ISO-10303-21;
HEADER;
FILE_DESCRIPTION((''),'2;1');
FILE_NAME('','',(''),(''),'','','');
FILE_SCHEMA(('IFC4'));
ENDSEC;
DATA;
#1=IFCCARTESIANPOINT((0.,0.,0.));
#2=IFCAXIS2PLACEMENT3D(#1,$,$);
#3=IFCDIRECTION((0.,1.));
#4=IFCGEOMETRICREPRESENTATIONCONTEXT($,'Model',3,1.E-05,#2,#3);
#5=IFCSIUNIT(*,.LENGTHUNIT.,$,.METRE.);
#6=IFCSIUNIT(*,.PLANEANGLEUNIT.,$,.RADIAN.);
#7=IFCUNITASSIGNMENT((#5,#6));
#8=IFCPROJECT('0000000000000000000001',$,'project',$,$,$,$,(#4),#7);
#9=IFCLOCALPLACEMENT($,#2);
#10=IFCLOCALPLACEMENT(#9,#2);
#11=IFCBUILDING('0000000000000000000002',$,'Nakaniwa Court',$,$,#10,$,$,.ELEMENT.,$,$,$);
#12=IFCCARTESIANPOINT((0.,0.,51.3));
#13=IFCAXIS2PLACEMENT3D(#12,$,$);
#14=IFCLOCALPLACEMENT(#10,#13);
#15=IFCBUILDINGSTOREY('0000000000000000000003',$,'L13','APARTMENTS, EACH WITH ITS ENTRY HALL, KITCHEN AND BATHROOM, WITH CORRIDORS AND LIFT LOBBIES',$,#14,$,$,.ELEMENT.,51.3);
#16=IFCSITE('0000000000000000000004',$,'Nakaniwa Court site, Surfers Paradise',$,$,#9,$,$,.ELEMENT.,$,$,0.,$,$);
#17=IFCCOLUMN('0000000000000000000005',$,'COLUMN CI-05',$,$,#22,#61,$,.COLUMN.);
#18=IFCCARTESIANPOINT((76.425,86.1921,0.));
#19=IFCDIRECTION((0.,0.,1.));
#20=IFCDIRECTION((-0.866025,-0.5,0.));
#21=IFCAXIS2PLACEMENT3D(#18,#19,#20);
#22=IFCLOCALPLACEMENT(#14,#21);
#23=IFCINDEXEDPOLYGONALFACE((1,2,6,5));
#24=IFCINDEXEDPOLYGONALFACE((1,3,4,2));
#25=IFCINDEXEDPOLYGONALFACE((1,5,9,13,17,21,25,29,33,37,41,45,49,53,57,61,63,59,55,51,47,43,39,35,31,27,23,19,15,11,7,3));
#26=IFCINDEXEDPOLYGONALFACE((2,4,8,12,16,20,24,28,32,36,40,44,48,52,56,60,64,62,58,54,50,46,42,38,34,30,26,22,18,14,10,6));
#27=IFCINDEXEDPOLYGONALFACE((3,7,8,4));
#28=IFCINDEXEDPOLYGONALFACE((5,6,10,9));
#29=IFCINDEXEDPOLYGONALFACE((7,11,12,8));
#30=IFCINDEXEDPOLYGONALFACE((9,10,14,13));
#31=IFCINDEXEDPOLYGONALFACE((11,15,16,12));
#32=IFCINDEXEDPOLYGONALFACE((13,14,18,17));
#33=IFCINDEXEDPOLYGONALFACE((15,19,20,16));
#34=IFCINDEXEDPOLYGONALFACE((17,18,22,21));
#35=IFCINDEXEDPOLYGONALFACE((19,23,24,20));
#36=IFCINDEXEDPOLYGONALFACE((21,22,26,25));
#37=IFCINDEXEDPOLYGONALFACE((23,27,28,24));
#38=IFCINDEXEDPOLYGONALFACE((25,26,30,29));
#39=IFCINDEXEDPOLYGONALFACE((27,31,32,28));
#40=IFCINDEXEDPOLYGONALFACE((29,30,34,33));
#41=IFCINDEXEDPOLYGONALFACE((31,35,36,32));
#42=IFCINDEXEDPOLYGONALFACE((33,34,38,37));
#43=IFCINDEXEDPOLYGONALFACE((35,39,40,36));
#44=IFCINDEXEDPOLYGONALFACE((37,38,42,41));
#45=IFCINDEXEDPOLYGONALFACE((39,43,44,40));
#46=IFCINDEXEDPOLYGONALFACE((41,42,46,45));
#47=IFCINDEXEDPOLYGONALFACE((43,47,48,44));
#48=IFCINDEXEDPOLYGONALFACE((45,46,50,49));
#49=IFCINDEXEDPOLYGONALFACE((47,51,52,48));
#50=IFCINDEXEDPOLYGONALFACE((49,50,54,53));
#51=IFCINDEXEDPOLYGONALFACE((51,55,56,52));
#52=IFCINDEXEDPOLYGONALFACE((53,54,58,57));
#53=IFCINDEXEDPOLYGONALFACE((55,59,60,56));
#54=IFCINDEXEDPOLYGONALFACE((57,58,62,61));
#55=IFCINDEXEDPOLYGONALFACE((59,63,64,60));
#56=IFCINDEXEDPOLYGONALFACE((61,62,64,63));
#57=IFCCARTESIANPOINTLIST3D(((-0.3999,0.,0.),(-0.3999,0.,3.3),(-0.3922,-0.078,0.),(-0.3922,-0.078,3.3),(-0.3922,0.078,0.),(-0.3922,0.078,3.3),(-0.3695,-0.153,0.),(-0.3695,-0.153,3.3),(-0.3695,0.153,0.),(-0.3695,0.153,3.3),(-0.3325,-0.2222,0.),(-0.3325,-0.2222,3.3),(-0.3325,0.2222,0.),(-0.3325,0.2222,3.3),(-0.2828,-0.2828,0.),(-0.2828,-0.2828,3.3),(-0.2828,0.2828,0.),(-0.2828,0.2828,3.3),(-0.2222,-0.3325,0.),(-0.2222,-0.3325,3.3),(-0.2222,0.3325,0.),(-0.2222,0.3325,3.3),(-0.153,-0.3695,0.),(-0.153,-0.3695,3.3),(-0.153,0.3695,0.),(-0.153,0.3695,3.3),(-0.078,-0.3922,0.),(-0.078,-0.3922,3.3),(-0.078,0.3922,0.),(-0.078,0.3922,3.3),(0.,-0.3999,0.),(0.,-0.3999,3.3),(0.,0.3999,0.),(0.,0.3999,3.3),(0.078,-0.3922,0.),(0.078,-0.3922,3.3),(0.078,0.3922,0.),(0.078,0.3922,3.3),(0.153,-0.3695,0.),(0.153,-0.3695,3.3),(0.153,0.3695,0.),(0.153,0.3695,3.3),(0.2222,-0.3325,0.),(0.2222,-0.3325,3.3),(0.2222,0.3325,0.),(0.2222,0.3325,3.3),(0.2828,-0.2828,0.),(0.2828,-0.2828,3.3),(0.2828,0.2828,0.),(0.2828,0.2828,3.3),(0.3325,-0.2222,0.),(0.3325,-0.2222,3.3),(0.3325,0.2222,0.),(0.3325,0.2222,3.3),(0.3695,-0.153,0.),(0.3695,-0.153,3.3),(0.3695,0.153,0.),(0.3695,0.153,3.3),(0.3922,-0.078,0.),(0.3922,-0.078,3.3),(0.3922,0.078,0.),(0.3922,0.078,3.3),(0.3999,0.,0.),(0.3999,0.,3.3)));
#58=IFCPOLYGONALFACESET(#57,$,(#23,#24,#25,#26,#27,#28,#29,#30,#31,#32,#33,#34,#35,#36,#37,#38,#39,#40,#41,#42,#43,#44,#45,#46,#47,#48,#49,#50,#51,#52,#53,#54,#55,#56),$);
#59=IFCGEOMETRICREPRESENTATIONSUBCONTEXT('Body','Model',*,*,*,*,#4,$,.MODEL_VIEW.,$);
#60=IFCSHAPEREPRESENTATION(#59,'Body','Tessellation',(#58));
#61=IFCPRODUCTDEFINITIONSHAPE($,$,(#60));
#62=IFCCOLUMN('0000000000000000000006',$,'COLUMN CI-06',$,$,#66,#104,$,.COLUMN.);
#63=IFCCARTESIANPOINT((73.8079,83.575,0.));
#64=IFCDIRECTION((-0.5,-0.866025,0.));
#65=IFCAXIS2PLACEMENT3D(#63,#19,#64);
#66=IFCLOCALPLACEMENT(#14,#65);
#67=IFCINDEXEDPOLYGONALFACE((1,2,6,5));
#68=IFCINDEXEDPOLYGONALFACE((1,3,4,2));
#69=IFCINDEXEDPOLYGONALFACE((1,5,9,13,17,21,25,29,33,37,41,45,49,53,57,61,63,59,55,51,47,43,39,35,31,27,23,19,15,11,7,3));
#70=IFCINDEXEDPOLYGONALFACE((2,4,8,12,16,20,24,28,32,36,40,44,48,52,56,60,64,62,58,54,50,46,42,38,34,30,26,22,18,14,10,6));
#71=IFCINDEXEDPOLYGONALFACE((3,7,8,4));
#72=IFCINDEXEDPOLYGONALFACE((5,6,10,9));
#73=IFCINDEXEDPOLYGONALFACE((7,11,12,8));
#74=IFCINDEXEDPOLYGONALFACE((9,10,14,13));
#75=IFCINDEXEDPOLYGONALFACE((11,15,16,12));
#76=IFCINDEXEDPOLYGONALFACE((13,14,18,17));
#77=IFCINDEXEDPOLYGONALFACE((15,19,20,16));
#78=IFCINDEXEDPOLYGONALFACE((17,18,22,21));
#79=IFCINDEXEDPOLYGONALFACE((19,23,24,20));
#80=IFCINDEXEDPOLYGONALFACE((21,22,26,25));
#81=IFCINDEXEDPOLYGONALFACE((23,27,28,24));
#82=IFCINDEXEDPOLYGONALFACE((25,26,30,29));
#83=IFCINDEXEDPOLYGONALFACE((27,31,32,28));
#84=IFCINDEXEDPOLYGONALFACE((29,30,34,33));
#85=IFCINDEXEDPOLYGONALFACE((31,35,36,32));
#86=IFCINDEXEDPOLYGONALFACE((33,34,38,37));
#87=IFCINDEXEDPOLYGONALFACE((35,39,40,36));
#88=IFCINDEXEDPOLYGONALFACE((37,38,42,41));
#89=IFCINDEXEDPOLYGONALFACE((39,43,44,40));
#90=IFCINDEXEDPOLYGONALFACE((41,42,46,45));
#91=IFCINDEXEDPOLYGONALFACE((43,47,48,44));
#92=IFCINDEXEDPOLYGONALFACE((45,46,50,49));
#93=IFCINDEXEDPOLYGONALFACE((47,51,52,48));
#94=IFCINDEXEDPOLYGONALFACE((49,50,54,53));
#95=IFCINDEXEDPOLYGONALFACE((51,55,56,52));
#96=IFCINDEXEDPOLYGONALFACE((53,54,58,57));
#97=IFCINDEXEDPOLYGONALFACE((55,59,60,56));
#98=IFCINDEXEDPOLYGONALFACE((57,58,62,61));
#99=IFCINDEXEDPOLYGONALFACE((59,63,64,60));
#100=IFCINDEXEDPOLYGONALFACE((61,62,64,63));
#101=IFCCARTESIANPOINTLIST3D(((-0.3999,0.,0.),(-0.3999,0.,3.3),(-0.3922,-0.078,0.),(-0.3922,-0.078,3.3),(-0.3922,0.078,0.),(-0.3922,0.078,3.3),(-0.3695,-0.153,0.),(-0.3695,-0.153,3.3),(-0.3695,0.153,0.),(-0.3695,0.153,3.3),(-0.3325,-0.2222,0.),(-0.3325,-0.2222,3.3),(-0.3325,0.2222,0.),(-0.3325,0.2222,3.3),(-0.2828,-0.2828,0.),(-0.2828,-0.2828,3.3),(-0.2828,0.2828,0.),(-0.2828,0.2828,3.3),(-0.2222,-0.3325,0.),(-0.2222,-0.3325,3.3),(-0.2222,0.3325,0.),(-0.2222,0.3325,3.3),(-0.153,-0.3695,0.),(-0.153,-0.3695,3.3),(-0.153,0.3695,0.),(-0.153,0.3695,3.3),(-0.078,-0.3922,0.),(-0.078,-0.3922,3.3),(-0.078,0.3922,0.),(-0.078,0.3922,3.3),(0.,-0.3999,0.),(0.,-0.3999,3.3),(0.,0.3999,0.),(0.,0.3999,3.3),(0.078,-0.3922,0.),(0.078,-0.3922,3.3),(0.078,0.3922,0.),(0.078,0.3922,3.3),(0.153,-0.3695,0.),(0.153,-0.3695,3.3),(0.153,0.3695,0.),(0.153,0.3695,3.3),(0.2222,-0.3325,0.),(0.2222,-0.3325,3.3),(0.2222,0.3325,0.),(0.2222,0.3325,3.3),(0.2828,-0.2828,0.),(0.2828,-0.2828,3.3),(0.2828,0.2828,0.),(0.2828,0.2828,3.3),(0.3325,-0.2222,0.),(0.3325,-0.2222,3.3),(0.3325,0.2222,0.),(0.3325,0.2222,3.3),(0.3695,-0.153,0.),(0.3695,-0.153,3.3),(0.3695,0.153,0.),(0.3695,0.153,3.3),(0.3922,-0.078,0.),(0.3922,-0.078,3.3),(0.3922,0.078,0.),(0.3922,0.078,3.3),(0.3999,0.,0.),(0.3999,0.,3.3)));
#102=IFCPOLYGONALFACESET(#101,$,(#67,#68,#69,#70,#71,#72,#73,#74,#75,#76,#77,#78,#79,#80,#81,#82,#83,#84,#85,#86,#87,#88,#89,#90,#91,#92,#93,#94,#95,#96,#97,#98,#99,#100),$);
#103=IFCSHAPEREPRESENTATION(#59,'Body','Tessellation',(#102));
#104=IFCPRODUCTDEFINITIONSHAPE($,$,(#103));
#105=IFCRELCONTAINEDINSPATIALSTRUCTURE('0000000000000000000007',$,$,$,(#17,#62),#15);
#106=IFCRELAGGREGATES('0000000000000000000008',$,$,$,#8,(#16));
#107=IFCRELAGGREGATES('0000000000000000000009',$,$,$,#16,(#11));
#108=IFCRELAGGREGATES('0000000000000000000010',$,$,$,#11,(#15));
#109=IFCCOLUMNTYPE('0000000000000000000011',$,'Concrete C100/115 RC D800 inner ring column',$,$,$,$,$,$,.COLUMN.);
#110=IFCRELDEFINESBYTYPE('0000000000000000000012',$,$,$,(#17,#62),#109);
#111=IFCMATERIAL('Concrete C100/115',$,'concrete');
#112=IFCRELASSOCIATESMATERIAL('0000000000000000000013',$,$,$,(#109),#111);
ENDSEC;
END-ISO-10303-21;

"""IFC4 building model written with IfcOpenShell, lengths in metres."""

from ifc_helpers import new_model, si_unit, direction, frame, origin, origin_2d, place, context, subcontext, project, spatial, circle, extrude, material, material_profile, profile_set, type_object, element, save


model = new_model("IFC4")

# Units and contexts
model_context = context("Model", 3, precision=1e-05, world=origin(), true_north=direction((0.0, 1.0)))
body_context = subcontext(model_context, "Body", "Model", "MODEL_VIEW")
ifc_project = project(units=[si_unit("LENGTHUNIT", "METRE"), si_unit("PLANEANGLEUNIT", "RADIAN")], contexts=[model_context])

# Site, building, storey
site_placement = place(None, origin())
site = spatial("IfcSite", under=ifc_project, at=site_placement, Name="Nakaniwa Court site, Surfers Paradise", CompositionType="ELEMENT", RefElevation=0.0)
building_placement = place(site_placement, origin())
building = spatial("IfcBuilding", under=site, at=building_placement, Name="Nakaniwa Court", CompositionType="ELEMENT")
storey_placement = place(building_placement, frame((0.0, 0.0, 51.3)))
storey = spatial("IfcBuildingStorey", under=building, at=storey_placement, Name="L13", Description="APARTMENTS, EACH WITH ITS ENTRY HALL, KITCHEN AND BATHROOM, WITH CORRIDORS AND LIFT LOBBIES", CompositionType="ELEMENT", Elevation=51.3)

# Columns
ifc_material_1 = material(Name="Concrete C100/115", Category="concrete")
ifc_material_profile_1 = material_profile(ifc_material_1, circle(Radius=0.3999, at=origin_2d()), Name="Concrete C100/115 RC D800 inner ring column")
ifc_profile_set_1 = profile_set([ifc_material_profile_1], Name="Concrete C100/115")
column_type_1 = type_object("IfcColumnType", Name="Concrete C100/115 RC D800 inner ring column", PredefinedType="COLUMN", material=ifc_profile_set_1)
for number, where, z_axis, x_axis, name in (
    (1, (76.425, 86.1921, 0.0), (0.0, 0.0, 1.0), (-0.866025, -0.5, 0.0), "COLUMN CI-05"),
    (2, (73.8079, 83.575, 0.0), (0.0, 0.0, 1.0), (-0.5, -0.866025, 0.0), "COLUMN CI-06"),
):
    element("IfcColumn", number, at=place(storey_placement, frame(where, z_axis=z_axis, x_axis=x_axis)), inside=storey, type_object=column_type_1, Name=name, PredefinedType="COLUMN", context=body_context, shape_type="SweptSolid", body=[
        extrude(circle(Radius=0.3999, at=origin_2d()), origin(), (0.0, 0.0, 1.0), 3.3),
    ])

save(model, "model.ifc")
